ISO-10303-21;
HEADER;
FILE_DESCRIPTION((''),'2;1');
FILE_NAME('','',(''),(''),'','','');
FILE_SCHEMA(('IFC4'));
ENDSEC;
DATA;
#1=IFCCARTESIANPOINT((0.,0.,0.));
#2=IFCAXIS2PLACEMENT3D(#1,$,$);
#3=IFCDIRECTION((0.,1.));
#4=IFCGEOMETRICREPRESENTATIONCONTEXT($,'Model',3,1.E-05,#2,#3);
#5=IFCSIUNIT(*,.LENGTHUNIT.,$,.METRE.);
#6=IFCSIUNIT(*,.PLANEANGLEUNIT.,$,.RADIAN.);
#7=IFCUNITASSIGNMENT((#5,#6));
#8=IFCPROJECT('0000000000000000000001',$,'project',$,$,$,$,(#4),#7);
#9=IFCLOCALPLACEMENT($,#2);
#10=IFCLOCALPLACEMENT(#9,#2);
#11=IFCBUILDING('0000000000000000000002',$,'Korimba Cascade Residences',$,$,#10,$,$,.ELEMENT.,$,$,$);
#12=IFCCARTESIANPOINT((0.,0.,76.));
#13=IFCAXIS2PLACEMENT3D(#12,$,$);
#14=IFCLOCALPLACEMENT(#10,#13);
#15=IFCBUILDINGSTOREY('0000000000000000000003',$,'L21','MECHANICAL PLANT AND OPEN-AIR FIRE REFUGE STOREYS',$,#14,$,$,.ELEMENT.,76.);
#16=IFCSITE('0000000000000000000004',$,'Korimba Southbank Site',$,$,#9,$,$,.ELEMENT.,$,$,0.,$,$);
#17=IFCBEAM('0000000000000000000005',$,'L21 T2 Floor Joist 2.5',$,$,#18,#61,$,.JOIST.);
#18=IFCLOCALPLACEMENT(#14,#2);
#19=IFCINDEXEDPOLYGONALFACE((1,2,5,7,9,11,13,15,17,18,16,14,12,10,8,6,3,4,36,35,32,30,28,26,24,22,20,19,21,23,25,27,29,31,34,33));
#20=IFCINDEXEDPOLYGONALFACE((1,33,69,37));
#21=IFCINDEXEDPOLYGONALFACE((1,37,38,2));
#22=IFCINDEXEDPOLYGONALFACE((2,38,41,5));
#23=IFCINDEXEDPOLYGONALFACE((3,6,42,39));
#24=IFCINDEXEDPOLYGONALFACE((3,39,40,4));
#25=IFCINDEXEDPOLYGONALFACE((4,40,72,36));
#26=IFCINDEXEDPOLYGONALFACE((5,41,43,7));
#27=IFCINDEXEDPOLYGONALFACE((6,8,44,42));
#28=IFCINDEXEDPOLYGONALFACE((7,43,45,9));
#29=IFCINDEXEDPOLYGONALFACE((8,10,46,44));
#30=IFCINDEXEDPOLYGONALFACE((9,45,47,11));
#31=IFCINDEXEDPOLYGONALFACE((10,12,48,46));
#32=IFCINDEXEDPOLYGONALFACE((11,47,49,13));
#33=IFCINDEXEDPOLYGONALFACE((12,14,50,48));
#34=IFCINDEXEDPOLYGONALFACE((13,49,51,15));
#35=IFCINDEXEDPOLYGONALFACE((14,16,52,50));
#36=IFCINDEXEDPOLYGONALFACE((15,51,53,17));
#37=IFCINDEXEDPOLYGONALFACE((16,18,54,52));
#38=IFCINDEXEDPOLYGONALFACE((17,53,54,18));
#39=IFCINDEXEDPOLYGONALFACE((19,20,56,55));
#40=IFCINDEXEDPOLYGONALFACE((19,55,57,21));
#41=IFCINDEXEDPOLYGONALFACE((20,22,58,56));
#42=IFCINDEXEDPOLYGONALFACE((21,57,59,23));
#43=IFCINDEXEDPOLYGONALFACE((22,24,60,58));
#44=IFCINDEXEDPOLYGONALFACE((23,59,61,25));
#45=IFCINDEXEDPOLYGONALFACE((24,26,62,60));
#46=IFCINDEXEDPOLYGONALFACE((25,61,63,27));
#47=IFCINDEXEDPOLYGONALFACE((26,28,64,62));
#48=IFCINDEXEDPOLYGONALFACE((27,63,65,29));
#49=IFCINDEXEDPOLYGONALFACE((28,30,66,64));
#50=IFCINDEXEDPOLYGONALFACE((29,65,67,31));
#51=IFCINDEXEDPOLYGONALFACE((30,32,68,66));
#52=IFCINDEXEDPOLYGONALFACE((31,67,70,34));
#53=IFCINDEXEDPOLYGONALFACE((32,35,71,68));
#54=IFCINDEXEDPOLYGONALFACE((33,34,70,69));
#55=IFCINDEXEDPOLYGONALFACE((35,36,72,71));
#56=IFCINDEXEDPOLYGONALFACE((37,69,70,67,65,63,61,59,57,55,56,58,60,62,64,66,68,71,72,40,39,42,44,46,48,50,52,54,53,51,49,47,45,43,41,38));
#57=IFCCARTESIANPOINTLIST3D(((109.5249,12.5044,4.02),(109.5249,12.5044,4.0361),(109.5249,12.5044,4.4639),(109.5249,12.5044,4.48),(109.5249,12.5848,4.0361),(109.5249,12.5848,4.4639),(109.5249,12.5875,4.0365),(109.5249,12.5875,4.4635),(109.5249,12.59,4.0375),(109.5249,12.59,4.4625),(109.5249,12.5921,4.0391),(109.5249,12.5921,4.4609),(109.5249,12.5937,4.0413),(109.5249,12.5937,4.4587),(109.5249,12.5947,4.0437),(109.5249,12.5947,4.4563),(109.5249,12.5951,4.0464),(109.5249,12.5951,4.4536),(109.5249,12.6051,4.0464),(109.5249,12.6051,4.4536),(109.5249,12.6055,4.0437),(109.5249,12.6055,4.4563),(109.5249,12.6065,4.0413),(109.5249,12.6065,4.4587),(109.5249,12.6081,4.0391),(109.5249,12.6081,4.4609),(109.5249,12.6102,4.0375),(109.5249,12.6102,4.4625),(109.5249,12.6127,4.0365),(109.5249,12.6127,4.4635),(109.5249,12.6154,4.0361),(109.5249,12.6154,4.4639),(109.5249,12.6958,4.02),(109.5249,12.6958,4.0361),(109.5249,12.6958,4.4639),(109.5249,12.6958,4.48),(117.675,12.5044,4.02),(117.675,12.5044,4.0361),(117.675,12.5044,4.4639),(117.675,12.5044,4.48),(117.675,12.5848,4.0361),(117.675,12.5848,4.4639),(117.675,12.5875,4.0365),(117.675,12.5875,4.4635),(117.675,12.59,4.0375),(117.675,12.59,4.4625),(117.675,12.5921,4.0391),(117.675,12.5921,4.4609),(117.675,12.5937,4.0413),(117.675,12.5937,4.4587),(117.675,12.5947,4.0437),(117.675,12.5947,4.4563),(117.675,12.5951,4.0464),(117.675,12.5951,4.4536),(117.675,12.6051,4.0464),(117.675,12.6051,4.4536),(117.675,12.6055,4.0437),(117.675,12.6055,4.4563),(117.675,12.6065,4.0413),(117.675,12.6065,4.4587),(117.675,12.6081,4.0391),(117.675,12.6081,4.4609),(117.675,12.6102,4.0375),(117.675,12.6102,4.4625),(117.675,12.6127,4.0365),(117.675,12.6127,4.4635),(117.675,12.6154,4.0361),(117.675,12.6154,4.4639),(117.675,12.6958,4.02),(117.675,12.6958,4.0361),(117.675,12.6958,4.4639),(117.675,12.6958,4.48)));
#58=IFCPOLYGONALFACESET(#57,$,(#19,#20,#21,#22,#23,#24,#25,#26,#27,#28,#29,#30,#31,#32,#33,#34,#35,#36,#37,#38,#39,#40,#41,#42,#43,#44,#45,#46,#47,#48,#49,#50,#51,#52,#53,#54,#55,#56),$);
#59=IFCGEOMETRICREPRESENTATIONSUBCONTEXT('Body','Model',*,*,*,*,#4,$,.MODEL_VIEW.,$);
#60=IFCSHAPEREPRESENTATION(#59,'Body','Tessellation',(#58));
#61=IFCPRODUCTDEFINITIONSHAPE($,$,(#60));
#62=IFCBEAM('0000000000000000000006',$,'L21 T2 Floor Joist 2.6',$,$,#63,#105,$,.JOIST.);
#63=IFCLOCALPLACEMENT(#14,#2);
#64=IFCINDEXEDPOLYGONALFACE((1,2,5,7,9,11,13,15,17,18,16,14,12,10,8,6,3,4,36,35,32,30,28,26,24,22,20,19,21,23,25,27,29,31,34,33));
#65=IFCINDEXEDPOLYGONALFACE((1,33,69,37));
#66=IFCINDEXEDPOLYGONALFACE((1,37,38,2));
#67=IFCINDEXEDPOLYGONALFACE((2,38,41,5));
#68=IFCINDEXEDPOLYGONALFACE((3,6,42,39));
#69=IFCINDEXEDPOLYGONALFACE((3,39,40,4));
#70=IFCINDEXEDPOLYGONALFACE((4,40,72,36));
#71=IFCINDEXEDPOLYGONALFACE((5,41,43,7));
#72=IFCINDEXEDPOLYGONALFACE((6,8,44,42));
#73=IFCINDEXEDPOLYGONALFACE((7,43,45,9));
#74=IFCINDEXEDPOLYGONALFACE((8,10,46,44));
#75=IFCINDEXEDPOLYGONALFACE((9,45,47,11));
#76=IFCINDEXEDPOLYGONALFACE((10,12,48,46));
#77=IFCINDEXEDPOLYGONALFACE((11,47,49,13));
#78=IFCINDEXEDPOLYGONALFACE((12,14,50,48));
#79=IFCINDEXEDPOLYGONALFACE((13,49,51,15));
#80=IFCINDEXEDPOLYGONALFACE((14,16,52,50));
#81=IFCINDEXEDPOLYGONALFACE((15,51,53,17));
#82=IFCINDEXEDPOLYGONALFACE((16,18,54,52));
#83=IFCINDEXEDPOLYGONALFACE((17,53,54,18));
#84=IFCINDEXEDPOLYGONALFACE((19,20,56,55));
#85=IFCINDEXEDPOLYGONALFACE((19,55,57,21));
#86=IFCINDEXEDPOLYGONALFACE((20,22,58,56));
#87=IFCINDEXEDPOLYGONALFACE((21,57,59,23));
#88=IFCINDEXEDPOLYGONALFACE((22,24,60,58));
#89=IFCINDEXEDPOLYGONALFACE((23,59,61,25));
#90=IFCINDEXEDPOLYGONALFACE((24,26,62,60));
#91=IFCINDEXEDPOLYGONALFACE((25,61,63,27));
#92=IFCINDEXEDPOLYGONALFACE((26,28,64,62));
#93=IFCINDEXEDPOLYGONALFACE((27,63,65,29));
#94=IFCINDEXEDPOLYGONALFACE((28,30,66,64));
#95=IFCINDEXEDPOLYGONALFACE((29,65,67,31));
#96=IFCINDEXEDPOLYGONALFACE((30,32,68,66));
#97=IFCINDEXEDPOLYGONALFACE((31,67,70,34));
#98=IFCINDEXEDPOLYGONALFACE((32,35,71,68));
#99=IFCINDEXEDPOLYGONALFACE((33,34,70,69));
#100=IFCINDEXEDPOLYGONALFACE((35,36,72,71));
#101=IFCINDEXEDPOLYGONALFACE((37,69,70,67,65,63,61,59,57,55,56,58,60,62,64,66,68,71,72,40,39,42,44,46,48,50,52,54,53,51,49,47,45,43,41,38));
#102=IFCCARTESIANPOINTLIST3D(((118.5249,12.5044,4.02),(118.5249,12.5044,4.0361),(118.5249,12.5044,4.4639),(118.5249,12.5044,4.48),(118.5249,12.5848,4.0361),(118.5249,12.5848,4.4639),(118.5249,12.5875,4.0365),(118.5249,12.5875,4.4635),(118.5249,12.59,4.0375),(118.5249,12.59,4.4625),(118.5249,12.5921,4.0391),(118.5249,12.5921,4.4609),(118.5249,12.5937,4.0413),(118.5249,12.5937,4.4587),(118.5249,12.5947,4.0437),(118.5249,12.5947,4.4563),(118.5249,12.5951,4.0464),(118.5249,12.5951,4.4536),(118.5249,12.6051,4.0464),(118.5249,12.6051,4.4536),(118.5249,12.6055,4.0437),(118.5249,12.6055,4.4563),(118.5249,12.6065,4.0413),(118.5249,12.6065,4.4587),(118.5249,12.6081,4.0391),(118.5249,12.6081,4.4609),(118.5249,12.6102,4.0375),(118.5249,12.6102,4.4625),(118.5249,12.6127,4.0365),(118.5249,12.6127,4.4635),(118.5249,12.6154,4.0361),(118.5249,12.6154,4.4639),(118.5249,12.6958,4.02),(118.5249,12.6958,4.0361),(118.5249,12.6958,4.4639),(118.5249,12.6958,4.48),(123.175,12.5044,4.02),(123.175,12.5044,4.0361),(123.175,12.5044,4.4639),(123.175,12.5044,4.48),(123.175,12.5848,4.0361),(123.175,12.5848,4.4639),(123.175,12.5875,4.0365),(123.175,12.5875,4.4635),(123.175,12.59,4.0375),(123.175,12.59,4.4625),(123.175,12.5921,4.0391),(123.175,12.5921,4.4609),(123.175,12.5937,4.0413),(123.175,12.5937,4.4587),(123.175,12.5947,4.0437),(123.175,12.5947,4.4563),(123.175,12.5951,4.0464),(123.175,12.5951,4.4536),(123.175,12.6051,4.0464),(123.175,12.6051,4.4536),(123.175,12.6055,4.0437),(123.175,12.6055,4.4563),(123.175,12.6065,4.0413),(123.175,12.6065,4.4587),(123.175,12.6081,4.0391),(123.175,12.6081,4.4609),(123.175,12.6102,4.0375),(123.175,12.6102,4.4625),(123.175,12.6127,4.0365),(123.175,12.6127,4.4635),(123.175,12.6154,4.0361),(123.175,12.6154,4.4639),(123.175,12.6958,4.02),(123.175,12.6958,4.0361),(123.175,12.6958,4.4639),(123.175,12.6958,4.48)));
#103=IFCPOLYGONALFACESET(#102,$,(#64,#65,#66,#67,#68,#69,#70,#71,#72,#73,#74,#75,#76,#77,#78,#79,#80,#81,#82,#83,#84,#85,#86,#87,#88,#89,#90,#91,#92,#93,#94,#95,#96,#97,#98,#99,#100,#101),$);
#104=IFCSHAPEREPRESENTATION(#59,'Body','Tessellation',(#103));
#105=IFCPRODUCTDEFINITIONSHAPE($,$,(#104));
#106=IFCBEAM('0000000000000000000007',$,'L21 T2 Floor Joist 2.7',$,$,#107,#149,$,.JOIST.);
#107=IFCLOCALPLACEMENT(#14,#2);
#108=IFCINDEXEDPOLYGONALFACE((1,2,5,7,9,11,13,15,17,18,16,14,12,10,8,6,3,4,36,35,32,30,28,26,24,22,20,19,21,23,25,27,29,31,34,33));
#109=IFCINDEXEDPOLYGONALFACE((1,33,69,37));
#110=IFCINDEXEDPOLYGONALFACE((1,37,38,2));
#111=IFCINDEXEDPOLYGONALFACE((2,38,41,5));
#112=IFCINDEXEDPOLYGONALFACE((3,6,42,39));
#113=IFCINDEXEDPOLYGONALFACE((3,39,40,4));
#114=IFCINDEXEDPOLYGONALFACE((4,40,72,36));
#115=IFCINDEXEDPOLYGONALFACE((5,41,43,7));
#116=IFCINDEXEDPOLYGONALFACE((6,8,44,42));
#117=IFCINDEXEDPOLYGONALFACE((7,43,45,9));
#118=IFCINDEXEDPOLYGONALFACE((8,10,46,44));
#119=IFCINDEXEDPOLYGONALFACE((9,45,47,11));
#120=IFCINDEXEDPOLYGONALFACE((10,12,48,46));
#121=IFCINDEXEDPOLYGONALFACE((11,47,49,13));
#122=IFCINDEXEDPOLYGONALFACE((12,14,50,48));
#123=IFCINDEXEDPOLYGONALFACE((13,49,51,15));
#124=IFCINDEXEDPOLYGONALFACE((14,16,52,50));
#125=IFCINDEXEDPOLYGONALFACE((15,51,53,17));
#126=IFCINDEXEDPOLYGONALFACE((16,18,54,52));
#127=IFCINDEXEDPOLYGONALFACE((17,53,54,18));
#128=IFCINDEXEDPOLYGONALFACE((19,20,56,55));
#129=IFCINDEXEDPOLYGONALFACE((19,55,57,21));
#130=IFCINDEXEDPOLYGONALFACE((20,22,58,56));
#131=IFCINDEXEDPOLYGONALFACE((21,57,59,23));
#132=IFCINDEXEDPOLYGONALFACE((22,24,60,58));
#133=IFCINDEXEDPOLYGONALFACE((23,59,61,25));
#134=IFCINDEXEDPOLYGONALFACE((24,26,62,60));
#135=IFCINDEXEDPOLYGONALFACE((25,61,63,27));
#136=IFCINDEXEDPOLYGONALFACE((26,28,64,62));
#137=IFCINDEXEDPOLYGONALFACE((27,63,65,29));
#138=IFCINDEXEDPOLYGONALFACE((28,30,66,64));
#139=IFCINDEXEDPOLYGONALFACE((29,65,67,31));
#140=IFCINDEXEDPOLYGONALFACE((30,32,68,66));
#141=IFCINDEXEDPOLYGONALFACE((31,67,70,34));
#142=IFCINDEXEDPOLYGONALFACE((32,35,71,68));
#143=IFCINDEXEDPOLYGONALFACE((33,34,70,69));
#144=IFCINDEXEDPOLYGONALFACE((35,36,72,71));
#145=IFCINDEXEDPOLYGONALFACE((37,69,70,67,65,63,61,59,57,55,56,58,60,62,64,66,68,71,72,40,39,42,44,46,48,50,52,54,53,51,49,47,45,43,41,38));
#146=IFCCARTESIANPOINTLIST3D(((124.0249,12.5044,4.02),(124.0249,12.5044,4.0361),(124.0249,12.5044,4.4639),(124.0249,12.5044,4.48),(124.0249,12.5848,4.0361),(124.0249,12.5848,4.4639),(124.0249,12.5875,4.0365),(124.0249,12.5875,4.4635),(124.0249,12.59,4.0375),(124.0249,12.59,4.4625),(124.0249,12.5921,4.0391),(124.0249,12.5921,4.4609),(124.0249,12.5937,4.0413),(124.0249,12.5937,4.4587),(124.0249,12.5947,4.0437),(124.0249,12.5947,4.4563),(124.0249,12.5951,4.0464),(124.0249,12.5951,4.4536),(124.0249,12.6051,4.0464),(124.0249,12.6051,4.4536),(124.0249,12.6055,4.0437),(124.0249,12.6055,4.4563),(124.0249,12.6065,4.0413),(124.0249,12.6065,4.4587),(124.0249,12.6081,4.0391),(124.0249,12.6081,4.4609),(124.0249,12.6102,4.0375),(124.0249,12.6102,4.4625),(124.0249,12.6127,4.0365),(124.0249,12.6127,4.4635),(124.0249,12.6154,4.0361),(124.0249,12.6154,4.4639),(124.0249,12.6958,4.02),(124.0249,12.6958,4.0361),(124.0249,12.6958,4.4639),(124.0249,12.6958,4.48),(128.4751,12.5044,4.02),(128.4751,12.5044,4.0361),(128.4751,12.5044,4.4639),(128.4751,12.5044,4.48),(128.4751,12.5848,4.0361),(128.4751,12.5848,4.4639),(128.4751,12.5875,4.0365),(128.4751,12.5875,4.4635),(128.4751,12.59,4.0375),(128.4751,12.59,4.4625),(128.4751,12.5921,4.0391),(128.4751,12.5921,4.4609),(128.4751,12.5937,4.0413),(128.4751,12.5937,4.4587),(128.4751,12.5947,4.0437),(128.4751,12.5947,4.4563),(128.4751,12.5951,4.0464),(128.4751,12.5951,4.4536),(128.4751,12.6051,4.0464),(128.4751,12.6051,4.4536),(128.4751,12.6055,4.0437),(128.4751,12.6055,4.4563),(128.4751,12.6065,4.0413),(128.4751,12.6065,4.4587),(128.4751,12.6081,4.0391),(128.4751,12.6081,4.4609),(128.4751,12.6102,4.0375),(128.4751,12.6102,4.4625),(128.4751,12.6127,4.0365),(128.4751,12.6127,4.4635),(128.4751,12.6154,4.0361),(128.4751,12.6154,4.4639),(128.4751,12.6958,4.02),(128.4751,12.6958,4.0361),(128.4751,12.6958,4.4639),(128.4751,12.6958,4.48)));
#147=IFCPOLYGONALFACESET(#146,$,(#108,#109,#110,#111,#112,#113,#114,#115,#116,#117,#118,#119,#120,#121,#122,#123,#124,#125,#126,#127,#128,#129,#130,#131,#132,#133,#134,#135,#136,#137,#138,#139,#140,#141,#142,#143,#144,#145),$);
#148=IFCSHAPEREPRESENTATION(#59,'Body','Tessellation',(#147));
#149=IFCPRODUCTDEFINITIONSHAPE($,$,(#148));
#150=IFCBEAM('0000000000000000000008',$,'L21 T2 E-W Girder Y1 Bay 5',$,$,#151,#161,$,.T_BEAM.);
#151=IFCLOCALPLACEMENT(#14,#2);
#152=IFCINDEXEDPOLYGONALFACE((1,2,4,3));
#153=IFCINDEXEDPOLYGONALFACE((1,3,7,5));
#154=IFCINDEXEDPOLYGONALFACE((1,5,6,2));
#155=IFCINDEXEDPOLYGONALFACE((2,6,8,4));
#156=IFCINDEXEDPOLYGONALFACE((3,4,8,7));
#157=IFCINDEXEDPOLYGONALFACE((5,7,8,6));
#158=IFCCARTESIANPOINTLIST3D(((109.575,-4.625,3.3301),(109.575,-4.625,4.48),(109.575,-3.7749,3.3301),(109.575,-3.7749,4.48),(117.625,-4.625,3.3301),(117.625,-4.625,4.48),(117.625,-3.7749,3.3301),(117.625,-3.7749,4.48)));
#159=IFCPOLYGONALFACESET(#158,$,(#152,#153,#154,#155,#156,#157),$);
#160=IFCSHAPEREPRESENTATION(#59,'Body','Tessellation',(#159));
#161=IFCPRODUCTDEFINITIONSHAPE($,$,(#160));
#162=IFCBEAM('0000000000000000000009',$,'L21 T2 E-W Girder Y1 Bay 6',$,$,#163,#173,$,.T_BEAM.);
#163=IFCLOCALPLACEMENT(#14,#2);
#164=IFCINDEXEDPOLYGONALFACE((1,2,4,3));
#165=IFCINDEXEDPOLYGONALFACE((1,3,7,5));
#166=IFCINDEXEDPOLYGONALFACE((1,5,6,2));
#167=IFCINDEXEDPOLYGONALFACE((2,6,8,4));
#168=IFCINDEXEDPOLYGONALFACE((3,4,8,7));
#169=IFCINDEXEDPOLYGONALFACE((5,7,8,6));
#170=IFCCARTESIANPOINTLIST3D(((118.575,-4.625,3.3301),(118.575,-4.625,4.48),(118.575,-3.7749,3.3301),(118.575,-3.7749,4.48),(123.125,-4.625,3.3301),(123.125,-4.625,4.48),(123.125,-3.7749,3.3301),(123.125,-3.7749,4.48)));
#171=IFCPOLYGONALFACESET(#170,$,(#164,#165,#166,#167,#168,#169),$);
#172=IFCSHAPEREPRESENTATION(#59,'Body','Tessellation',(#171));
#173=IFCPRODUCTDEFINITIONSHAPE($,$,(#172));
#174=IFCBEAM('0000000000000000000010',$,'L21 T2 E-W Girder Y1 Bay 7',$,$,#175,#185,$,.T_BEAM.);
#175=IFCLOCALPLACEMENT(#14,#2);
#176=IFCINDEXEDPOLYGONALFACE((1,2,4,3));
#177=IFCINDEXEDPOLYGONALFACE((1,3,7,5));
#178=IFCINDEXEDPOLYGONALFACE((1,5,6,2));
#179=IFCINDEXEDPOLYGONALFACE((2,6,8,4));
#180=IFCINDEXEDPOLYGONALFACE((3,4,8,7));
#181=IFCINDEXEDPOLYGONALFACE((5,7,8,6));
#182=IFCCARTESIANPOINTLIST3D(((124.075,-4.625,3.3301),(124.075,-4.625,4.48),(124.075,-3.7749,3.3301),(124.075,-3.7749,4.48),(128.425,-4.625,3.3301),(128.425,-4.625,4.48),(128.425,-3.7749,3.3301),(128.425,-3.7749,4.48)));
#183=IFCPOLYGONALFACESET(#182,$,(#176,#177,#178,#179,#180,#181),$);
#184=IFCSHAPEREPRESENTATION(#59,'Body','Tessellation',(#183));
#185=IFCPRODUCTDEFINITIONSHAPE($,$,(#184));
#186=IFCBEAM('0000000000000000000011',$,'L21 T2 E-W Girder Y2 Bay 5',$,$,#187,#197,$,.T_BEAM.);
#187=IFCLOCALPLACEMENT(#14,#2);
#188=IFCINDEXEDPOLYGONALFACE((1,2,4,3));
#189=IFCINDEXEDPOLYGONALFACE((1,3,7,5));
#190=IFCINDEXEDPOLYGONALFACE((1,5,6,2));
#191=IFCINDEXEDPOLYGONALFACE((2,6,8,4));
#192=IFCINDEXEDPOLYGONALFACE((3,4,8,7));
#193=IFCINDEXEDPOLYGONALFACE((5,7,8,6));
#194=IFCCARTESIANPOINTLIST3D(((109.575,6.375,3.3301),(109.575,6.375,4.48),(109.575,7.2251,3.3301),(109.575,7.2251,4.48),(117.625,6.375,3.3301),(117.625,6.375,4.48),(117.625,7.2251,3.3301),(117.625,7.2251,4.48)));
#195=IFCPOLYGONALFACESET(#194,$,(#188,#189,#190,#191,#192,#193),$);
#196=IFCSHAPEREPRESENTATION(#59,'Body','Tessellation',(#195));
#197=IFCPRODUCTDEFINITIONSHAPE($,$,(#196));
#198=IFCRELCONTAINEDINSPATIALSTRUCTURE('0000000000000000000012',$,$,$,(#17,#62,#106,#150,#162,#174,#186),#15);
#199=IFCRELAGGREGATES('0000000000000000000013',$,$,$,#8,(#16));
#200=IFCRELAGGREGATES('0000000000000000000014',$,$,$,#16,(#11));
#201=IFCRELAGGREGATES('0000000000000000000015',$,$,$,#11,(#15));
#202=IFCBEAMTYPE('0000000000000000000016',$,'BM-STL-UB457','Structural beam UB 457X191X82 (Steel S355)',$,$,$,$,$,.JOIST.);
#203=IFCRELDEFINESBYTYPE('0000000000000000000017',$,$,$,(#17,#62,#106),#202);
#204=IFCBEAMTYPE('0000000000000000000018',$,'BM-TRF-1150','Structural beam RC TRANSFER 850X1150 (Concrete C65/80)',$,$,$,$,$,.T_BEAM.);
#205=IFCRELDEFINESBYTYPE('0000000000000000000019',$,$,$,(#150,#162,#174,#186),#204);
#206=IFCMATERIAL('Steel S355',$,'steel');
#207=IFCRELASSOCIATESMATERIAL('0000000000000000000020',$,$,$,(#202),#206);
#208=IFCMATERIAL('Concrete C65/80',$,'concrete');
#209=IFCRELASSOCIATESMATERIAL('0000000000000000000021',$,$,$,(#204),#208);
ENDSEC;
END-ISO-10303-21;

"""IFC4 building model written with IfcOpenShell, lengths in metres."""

from ifc_helpers import new_model, si_unit, direction, frame, origin, origin_2d, place, context, subcontext, project, spatial, rectangle, i_section, extrude, material, material_profile, profile_set, type_object, element, save


model = new_model("IFC4")

# Units and contexts
model_context = context("Model", 3, precision=1e-05, world=origin(), true_north=direction((0.0, 1.0)))
body_context = subcontext(model_context, "Body", "Model", "MODEL_VIEW")
ifc_project = project(units=[si_unit("LENGTHUNIT", "METRE"), si_unit("PLANEANGLEUNIT", "RADIAN")], contexts=[model_context])

# Site, building, storey
site_placement = place(None, origin())
site = spatial("IfcSite", under=ifc_project, at=site_placement, Name="Korimba Southbank Site", CompositionType="ELEMENT", RefElevation=0.0)
building_placement = place(site_placement, origin())
building = spatial("IfcBuilding", under=site, at=building_placement, Name="Korimba Cascade Residences", CompositionType="ELEMENT")
storey_placement = place(building_placement, frame((0.0, 0.0, 76.0)))
storey = spatial("IfcBuildingStorey", under=building, at=storey_placement, Name="L21", Description="MECHANICAL PLANT AND OPEN-AIR FIRE REFUGE STOREYS", CompositionType="ELEMENT", Elevation=76.0)

# Shared definitions
ifc_material_1 = material(Name="Concrete C65/80", Category="concrete")

# Beams
ifc_material_2 = material(Name="Steel S355", Category="steel")
ifc_material_profile_1 = material_profile(ifc_material_2, i_section(OverallWidth=0.1914, OverallDepth=0.46, WebThickness=0.01, FlangeThickness=0.0161, FilletRadius=0.0103, at=origin_2d()), Name="Steel S355")
ifc_profile_set_1 = profile_set([ifc_material_profile_1], Name="Steel S355")
beam_type_1 = type_object("IfcBeamType", Name="BM-STL-UB457", Description="Structural beam UB 457X191X82 (Steel S355)", PredefinedType="JOIST", material=ifc_profile_set_1)
beam_1_placement = place(storey_placement, frame((109.5249, 12.6001, 4.25), z_axis=(1.0, 0.0, 0.0), x_axis=(0.0, 1.0, 0.0)))
element("IfcBeam", 1, at=beam_1_placement, inside=storey, type_object=beam_type_1, Name="L21 T2 Floor Joist 2.5", PredefinedType="JOIST", context=body_context, shape_type="SweptSolid", body=[
    extrude(i_section(OverallWidth=0.1914, OverallDepth=0.46, WebThickness=0.01, FlangeThickness=0.0161, FilletRadius=0.0103, at=origin_2d()), origin(), (0.0, 0.0, 1.0), 8.1501),
])
beam_2_placement = place(storey_placement, frame((118.5249, 12.6001, 4.25), z_axis=(1.0, 0.0, 0.0), x_axis=(0.0, 1.0, 0.0)))
element("IfcBeam", 2, at=beam_2_placement, inside=storey, type_object=beam_type_1, Name="L21 T2 Floor Joist 2.6", PredefinedType="JOIST", context=body_context, shape_type="SweptSolid", body=[
    extrude(i_section(OverallWidth=0.1914, OverallDepth=0.46, WebThickness=0.01, FlangeThickness=0.0161, FilletRadius=0.0103, at=origin_2d()), origin(), (0.0, 0.0, 1.0), 4.6501),
])
beam_3_placement = place(storey_placement, frame((124.0249, 12.6001, 4.25), z_axis=(1.0, 0.0, 0.0), x_axis=(0.0, 1.0, 0.0)))
element("IfcBeam", 3, at=beam_3_placement, inside=storey, type_object=beam_type_1, Name="L21 T2 Floor Joist 2.7", PredefinedType="JOIST", context=body_context, shape_type="SweptSolid", body=[
    extrude(i_section(OverallWidth=0.1914, OverallDepth=0.46, WebThickness=0.01, FlangeThickness=0.0161, FilletRadius=0.0103, at=origin_2d()), origin(), (0.0, 0.0, 1.0), 4.4502),
])
ifc_material_profile_2 = material_profile(ifc_material_1, rectangle(XDim=0.8501, YDim=1.1499, at=origin_2d()), Name="Concrete C65/80")
ifc_profile_set_2 = profile_set([ifc_material_profile_2], Name="Concrete C65/80")
beam_type_2 = type_object("IfcBeamType", Name="BM-TRF-1150", Description="Structural beam RC TRANSFER 850X1150 (Concrete C65/80)", PredefinedType="T_BEAM", material=ifc_profile_set_2)
beam_4_placement = place(storey_placement, frame((109.575, -4.2, 3.905), z_axis=(1.0, 0.0, 0.0), x_axis=(0.0, 1.0, 0.0)))
element("IfcBeam", 4, at=beam_4_placement, inside=storey, type_object=beam_type_2, Name="L21 T2 E-W Girder Y1 Bay 5", PredefinedType="T_BEAM", context=body_context, shape_type="SweptSolid", body=[
    extrude(rectangle(XDim=0.8501, YDim=1.1499, at=origin_2d()), origin(), (0.0, 0.0, 1.0), 8.05),
])
beam_5_placement = place(storey_placement, frame((118.575, -4.2, 3.905), z_axis=(1.0, 0.0, 0.0), x_axis=(0.0, 1.0, 0.0)))
element("IfcBeam", 5, at=beam_5_placement, inside=storey, type_object=beam_type_2, Name="L21 T2 E-W Girder Y1 Bay 6", PredefinedType="T_BEAM", context=body_context, shape_type="SweptSolid", body=[
    extrude(rectangle(XDim=0.8501, YDim=1.1499, at=origin_2d()), origin(), (0.0, 0.0, 1.0), 4.55),
])
beam_6_placement = place(storey_placement, frame((124.075, -4.2, 3.905), z_axis=(1.0, 0.0, 0.0), x_axis=(0.0, 1.0, 0.0)))
element("IfcBeam", 6, at=beam_6_placement, inside=storey, type_object=beam_type_2, Name="L21 T2 E-W Girder Y1 Bay 7", PredefinedType="T_BEAM", context=body_context, shape_type="SweptSolid", body=[
    extrude(rectangle(XDim=0.8501, YDim=1.1499, at=origin_2d()), origin(), (0.0, 0.0, 1.0), 4.3501),
])
beam_7_placement = place(storey_placement, frame((109.575, 6.8, 3.905), z_axis=(1.0, 0.0, 0.0), x_axis=(0.0, 1.0, 0.0)))
element("IfcBeam", 7, at=beam_7_placement, inside=storey, type_object=beam_type_2, Name="L21 T2 E-W Girder Y2 Bay 5", PredefinedType="T_BEAM", context=body_context, shape_type="SweptSolid", body=[
    extrude(rectangle(XDim=0.8501, YDim=1.1499, at=origin_2d()), origin(), (0.0, 0.0, 1.0), 8.05),
])

save(model, "model.ifc")
